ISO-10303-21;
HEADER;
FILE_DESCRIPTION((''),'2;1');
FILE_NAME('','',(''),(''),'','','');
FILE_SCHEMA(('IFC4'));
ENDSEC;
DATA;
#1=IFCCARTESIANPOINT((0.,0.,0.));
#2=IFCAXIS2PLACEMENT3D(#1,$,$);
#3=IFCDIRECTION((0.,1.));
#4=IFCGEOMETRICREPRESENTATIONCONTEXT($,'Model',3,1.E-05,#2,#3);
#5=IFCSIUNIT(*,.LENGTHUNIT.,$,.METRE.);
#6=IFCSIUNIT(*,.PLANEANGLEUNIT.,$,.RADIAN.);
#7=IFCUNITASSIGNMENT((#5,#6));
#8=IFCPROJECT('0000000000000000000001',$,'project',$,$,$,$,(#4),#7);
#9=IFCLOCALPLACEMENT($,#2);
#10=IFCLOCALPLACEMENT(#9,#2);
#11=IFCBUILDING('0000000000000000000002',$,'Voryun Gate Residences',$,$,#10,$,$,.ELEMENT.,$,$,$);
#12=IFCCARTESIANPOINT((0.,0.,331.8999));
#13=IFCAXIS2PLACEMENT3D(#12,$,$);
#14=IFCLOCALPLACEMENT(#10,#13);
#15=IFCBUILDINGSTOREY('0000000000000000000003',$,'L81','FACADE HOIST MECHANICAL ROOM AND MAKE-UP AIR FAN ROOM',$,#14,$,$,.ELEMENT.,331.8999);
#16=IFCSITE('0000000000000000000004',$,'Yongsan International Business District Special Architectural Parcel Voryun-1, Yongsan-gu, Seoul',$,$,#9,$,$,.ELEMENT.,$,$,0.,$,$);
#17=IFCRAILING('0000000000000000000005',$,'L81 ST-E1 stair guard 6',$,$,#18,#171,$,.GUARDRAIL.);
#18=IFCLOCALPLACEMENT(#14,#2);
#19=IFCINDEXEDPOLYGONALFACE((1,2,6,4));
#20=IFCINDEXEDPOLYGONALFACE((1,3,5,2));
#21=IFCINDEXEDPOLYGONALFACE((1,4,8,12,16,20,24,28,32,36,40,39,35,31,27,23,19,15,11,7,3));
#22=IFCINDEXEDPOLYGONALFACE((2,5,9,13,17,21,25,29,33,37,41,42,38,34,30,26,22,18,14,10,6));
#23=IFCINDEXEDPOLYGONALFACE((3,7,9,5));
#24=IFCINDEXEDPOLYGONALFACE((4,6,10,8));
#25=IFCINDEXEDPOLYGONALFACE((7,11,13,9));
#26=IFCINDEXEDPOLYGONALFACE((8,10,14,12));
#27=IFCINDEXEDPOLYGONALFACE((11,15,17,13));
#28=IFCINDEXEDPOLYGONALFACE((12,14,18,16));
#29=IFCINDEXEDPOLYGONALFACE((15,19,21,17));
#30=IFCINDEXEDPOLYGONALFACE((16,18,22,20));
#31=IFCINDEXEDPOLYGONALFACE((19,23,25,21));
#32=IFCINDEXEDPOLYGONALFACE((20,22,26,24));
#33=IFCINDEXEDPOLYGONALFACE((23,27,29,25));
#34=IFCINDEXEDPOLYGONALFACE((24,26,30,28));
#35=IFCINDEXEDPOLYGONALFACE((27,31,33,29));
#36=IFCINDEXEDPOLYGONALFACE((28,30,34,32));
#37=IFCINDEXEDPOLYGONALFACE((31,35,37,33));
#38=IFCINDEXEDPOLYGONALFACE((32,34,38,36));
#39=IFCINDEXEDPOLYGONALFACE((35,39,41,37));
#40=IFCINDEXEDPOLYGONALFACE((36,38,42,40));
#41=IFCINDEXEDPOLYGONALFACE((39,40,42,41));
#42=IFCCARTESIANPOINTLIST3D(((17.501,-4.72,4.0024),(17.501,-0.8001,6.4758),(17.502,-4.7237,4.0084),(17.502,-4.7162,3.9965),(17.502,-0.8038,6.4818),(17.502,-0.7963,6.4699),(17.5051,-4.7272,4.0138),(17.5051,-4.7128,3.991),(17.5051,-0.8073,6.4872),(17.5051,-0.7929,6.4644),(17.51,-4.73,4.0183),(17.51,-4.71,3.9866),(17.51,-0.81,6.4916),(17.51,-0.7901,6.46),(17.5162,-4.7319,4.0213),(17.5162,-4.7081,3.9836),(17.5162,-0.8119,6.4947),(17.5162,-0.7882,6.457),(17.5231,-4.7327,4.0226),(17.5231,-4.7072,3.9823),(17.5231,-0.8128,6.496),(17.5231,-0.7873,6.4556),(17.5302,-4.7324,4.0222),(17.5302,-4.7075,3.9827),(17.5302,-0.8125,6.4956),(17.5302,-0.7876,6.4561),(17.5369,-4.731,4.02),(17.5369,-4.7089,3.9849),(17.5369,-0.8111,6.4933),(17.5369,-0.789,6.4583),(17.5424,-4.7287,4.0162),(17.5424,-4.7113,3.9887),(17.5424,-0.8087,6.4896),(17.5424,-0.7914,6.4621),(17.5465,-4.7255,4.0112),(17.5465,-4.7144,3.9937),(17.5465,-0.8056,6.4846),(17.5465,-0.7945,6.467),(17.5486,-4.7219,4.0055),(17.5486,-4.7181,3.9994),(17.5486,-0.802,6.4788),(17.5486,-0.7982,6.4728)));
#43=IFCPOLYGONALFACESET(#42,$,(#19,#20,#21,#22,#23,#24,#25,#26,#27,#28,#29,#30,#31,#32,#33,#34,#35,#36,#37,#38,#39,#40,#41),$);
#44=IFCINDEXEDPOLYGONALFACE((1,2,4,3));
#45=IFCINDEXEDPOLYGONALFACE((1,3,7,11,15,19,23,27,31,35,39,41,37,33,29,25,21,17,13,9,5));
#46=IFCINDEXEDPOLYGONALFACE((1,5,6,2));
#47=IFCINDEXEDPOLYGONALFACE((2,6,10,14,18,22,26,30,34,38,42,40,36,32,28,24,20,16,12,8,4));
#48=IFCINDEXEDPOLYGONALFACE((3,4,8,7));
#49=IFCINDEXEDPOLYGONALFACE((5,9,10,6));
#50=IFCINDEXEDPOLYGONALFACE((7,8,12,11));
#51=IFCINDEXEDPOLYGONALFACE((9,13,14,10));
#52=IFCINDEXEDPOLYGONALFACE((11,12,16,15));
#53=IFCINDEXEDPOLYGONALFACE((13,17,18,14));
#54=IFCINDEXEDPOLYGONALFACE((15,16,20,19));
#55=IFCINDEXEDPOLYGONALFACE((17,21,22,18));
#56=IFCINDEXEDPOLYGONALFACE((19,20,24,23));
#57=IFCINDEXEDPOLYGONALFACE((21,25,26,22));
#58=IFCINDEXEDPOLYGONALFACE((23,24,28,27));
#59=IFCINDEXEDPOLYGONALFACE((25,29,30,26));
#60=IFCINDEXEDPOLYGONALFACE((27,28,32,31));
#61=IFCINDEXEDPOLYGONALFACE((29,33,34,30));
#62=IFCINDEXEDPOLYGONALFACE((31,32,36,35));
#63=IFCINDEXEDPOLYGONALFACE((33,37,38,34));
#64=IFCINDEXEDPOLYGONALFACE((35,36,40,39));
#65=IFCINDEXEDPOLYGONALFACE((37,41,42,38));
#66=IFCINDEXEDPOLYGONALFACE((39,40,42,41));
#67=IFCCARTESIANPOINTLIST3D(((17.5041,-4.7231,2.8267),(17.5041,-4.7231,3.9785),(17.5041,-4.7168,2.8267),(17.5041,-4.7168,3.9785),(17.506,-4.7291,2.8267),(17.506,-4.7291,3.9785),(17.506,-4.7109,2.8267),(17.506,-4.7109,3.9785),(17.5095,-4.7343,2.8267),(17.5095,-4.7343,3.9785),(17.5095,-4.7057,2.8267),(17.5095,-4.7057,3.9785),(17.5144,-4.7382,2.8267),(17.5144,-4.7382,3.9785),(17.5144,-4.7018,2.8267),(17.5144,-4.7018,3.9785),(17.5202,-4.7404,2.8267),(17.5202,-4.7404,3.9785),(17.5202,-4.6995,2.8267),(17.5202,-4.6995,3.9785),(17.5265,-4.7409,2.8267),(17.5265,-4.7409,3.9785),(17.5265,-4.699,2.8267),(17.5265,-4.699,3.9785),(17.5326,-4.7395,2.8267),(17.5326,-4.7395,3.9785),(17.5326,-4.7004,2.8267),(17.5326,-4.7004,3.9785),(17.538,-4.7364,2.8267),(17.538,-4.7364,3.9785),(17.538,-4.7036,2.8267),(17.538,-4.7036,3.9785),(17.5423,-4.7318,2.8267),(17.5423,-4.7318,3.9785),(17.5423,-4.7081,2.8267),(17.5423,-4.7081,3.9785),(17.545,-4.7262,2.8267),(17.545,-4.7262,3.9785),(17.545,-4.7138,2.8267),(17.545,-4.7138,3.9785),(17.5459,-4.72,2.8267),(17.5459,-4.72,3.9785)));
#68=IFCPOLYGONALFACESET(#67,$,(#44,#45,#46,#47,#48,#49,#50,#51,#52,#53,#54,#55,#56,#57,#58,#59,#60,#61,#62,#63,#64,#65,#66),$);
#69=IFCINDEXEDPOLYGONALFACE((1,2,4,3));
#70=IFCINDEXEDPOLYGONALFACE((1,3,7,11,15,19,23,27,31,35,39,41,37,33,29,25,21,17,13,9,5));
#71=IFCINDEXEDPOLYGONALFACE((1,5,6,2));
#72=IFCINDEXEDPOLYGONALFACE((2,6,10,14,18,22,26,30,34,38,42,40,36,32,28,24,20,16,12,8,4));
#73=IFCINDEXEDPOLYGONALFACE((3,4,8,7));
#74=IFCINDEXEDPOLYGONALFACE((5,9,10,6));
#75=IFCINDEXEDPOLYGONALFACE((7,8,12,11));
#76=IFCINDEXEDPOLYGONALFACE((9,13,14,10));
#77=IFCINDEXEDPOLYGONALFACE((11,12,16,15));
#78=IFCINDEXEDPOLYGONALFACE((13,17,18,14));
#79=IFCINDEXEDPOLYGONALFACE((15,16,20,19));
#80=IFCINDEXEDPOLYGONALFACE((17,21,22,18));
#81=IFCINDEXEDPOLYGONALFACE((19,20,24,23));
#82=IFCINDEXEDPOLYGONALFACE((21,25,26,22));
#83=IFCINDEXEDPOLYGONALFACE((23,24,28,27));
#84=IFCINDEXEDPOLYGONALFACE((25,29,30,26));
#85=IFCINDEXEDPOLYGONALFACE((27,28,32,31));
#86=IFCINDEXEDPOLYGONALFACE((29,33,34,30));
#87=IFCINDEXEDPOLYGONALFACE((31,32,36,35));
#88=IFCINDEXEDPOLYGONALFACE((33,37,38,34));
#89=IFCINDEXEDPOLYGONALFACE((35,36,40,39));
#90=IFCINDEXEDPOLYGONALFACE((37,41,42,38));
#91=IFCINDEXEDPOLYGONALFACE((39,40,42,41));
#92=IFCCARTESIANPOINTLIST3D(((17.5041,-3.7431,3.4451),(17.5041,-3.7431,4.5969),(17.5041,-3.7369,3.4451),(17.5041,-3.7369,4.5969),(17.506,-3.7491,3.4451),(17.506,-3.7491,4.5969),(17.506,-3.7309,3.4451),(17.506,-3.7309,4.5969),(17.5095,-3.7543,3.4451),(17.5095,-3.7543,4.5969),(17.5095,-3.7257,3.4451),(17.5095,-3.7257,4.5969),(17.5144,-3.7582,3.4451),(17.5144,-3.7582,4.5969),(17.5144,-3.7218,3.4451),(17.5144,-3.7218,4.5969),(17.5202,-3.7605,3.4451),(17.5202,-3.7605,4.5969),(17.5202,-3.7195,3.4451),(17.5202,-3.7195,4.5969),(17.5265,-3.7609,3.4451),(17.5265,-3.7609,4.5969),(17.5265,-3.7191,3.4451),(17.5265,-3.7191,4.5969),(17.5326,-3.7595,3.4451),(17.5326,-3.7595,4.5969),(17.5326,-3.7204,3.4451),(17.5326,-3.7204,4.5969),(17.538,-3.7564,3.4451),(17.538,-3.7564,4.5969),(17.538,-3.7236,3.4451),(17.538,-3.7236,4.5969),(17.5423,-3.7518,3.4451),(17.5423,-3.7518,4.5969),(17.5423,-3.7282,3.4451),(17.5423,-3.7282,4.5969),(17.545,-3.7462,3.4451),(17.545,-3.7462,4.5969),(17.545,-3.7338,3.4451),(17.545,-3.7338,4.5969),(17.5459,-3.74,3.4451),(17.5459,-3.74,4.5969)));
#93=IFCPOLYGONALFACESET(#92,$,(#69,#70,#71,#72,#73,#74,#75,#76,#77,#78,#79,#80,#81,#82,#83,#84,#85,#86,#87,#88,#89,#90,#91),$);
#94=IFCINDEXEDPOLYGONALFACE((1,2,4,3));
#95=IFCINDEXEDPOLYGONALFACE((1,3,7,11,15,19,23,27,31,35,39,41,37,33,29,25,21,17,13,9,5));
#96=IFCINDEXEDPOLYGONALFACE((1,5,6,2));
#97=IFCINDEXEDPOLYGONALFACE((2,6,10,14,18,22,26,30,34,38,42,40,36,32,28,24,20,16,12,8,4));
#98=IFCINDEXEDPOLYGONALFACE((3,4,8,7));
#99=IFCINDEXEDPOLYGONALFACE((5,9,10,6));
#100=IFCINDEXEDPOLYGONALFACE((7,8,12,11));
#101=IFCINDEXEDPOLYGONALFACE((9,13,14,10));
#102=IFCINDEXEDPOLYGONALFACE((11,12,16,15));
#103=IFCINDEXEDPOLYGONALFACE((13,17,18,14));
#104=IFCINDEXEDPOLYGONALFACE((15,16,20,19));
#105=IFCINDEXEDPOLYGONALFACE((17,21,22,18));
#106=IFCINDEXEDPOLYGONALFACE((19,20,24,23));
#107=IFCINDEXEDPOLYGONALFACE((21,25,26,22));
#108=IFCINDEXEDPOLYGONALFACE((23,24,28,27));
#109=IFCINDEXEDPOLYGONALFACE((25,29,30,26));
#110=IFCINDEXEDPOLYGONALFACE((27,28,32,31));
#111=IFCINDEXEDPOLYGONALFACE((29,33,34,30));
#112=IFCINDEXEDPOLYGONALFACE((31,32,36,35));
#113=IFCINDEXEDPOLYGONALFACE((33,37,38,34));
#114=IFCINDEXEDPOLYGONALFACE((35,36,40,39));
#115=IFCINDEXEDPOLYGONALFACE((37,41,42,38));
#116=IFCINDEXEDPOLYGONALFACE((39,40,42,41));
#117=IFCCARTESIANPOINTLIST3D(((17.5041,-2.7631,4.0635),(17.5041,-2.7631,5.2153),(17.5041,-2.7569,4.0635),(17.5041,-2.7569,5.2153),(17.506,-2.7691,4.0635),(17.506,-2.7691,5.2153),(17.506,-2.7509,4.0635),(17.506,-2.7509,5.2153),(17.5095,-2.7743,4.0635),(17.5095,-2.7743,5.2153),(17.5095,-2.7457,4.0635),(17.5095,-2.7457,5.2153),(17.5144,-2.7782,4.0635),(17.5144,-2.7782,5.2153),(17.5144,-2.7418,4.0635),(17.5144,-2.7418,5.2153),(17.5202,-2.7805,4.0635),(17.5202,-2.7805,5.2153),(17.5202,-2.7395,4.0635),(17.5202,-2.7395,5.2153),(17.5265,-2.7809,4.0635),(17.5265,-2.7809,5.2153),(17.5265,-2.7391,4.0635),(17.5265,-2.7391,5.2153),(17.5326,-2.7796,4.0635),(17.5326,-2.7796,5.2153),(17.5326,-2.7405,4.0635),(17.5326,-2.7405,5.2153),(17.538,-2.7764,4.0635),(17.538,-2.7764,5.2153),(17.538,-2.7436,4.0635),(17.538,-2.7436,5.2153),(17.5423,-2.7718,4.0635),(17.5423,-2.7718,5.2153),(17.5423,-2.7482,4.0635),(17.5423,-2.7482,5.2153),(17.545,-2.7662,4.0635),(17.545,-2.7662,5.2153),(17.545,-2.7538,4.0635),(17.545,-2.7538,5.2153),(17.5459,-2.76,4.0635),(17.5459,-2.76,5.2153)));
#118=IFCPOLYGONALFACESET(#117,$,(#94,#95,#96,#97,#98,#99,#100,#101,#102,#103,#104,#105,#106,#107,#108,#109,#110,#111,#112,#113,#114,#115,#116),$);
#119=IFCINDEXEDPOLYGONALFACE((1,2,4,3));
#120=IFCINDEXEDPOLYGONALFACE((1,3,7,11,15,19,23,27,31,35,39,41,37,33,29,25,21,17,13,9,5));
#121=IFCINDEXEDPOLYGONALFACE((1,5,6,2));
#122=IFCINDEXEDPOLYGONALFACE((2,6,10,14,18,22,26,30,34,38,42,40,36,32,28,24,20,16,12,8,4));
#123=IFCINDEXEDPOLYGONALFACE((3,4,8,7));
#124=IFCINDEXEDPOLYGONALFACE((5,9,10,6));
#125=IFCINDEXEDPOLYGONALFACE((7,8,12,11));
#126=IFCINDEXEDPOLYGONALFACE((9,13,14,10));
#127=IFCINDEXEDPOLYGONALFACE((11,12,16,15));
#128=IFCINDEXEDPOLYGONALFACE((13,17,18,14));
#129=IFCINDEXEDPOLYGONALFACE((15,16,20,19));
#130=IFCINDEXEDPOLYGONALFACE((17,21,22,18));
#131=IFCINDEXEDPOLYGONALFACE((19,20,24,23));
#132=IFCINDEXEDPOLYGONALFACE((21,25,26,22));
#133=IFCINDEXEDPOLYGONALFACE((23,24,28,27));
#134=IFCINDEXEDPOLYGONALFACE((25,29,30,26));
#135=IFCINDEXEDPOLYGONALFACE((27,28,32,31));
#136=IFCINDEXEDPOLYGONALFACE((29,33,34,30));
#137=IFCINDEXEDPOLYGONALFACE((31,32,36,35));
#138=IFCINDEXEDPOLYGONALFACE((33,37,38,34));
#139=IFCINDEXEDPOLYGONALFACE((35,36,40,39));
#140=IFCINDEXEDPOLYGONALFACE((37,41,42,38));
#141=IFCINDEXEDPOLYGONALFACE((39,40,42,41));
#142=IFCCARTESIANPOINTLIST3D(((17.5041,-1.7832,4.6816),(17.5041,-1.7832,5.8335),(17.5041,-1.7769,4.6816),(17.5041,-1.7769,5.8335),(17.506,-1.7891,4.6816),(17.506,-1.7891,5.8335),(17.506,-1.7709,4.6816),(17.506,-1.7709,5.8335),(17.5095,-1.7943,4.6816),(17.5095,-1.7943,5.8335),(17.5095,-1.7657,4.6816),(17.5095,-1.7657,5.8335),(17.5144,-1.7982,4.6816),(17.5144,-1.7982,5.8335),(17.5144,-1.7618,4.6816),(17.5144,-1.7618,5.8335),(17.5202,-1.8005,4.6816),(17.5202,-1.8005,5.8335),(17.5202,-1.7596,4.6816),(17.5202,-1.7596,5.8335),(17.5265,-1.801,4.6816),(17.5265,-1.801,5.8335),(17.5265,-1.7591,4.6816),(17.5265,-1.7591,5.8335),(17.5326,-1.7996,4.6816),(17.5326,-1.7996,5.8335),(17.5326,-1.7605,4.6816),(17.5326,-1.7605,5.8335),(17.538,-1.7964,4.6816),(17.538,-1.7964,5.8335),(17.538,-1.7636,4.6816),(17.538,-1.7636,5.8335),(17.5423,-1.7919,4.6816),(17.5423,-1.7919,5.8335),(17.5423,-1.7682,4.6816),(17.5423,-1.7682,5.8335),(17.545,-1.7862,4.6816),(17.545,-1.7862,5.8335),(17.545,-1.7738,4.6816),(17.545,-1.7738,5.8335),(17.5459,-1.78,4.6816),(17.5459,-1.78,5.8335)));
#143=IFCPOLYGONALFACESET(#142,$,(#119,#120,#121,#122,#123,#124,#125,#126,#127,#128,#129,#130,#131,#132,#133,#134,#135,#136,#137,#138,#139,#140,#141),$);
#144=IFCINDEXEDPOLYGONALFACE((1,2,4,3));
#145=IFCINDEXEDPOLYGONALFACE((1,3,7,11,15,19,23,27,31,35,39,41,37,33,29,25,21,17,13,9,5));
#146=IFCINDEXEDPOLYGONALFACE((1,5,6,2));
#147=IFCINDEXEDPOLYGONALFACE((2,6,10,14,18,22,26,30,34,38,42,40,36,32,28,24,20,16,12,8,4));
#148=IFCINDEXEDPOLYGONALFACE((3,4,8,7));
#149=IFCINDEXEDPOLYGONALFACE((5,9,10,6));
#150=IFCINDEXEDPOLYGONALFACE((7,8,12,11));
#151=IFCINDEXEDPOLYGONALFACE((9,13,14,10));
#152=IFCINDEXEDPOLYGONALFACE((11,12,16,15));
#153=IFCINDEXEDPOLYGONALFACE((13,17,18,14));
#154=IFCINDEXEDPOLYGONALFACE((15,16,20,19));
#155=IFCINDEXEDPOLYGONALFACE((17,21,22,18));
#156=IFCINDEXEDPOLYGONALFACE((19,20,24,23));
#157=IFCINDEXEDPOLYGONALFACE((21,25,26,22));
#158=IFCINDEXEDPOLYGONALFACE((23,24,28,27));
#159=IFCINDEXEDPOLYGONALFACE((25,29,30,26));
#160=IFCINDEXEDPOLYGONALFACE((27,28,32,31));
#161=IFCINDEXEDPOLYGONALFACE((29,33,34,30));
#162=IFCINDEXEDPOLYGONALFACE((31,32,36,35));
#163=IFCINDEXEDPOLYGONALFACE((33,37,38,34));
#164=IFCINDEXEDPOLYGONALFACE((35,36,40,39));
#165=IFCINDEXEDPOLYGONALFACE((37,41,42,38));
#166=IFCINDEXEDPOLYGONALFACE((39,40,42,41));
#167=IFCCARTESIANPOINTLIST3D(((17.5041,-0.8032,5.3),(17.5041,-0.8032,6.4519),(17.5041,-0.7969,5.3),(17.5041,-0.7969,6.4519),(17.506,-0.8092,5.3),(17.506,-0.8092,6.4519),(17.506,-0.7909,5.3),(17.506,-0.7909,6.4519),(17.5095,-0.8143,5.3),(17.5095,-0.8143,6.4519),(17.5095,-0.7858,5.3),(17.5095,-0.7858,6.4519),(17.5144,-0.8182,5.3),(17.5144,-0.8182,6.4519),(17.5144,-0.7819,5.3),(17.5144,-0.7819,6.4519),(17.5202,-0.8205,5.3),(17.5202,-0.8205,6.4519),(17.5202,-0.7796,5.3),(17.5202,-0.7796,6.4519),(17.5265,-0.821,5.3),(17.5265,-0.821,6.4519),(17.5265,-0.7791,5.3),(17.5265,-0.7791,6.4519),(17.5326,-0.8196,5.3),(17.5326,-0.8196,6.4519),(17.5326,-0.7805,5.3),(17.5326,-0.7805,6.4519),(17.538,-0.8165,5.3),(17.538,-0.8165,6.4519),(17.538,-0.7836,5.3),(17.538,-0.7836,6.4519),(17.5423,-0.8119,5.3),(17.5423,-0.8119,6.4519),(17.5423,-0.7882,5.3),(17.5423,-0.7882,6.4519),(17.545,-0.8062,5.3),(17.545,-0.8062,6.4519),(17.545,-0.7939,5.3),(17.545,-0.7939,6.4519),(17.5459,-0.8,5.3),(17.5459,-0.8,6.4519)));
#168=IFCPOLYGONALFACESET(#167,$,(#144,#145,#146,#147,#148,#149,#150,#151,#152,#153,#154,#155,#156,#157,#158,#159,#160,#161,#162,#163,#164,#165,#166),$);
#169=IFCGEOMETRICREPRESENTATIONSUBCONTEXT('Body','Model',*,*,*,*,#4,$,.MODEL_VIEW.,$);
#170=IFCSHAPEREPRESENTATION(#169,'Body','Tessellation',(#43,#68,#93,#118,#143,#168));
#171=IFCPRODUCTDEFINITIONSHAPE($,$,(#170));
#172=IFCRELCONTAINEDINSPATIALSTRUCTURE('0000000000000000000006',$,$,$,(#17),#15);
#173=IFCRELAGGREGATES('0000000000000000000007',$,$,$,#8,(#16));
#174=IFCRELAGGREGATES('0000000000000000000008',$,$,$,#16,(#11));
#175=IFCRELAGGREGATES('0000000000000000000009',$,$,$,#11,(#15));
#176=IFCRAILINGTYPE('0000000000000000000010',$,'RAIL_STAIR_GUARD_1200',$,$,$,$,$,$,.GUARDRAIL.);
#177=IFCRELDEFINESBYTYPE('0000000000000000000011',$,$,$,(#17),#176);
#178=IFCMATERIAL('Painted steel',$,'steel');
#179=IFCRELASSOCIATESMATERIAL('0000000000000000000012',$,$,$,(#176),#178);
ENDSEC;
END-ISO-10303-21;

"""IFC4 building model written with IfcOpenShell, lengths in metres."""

from ifc_helpers import new_model, si_unit, direction, frame, origin, origin_2d, place, context, subcontext, project, spatial, circle, extrude, material, type_object, element, save


model = new_model("IFC4")

# Units and contexts
model_context = context("Model", 3, precision=1e-05, world=origin(), true_north=direction((0.0, 1.0)))
body_context = subcontext(model_context, "Body", "Model", "MODEL_VIEW")
ifc_project = project(units=[si_unit("LENGTHUNIT", "METRE"), si_unit("PLANEANGLEUNIT", "RADIAN")], contexts=[model_context])

# Site, building, storey
site_placement = place(None, origin())
site = spatial("IfcSite", under=ifc_project, at=site_placement, Name="Yongsan International Business District Special Architectural Parcel Voryun-1, Yongsan-gu, Seoul", CompositionType="ELEMENT", RefElevation=0.0)
building_placement = place(site_placement, origin())
building = spatial("IfcBuilding", under=site, at=building_placement, Name="Voryun Gate Residences", CompositionType="ELEMENT")
storey_placement = place(building_placement, frame((0.0, 0.0, 331.8999)))
storey = spatial("IfcBuildingStorey", under=building, at=storey_placement, Name="L81", Description="FACADE HOIST MECHANICAL ROOM AND MAKE-UP AIR FAN ROOM", CompositionType="ELEMENT", Elevation=331.8999)

# Railing
ifc_material_1 = material(Name="Painted steel", Category="steel")
railing_type_1 = type_object("IfcRailingType", Name="RAIL_STAIR_GUARD_1200", PredefinedType="GUARDRAIL", material=ifc_material_1)
railing_1_placement = place(storey_placement, frame((17.5249, -4.72, 2.8267)))
element("IfcRailing", 1, at=railing_1_placement, inside=storey, type_object=railing_type_1, Name="L81 ST-E1 stair guard 6", PredefinedType="GUARDRAIL", context=body_context, shape_type="SweptSolid", body=[
    extrude(circle(Radius=0.0239, at=origin_2d()), frame((0.0, 0.0, 1.1758), z_axis=(0.0, 0.845718, 0.53363), x_axis=(-1.0, 0.0, 0.0)), (0.0, 0.0, 1.0), 4.635),
    extrude(circle(Radius=0.021, at=origin_2d()), origin(), (0.0, 0.0, 1.0), 1.1519),
    extrude(circle(Radius=0.021, at=origin_2d()), frame((0.0, 0.98, 0.6184)), (0.0, 0.0, 1.0), 1.1519),
    extrude(circle(Radius=0.021, at=origin_2d()), frame((0.0, 1.96, 1.2368)), (0.0, 0.0, 1.0), 1.1519),
    extrude(circle(Radius=0.021, at=origin_2d()), frame((0.0, 2.9399, 1.855)), (0.0, 0.0, 1.0), 1.1519),
    extrude(circle(Radius=0.021, at=origin_2d()), frame((0.0, 3.9199, 2.4734)), (0.0, 0.0, 1.0), 1.1519),
])

save(model, "model.ifc")
